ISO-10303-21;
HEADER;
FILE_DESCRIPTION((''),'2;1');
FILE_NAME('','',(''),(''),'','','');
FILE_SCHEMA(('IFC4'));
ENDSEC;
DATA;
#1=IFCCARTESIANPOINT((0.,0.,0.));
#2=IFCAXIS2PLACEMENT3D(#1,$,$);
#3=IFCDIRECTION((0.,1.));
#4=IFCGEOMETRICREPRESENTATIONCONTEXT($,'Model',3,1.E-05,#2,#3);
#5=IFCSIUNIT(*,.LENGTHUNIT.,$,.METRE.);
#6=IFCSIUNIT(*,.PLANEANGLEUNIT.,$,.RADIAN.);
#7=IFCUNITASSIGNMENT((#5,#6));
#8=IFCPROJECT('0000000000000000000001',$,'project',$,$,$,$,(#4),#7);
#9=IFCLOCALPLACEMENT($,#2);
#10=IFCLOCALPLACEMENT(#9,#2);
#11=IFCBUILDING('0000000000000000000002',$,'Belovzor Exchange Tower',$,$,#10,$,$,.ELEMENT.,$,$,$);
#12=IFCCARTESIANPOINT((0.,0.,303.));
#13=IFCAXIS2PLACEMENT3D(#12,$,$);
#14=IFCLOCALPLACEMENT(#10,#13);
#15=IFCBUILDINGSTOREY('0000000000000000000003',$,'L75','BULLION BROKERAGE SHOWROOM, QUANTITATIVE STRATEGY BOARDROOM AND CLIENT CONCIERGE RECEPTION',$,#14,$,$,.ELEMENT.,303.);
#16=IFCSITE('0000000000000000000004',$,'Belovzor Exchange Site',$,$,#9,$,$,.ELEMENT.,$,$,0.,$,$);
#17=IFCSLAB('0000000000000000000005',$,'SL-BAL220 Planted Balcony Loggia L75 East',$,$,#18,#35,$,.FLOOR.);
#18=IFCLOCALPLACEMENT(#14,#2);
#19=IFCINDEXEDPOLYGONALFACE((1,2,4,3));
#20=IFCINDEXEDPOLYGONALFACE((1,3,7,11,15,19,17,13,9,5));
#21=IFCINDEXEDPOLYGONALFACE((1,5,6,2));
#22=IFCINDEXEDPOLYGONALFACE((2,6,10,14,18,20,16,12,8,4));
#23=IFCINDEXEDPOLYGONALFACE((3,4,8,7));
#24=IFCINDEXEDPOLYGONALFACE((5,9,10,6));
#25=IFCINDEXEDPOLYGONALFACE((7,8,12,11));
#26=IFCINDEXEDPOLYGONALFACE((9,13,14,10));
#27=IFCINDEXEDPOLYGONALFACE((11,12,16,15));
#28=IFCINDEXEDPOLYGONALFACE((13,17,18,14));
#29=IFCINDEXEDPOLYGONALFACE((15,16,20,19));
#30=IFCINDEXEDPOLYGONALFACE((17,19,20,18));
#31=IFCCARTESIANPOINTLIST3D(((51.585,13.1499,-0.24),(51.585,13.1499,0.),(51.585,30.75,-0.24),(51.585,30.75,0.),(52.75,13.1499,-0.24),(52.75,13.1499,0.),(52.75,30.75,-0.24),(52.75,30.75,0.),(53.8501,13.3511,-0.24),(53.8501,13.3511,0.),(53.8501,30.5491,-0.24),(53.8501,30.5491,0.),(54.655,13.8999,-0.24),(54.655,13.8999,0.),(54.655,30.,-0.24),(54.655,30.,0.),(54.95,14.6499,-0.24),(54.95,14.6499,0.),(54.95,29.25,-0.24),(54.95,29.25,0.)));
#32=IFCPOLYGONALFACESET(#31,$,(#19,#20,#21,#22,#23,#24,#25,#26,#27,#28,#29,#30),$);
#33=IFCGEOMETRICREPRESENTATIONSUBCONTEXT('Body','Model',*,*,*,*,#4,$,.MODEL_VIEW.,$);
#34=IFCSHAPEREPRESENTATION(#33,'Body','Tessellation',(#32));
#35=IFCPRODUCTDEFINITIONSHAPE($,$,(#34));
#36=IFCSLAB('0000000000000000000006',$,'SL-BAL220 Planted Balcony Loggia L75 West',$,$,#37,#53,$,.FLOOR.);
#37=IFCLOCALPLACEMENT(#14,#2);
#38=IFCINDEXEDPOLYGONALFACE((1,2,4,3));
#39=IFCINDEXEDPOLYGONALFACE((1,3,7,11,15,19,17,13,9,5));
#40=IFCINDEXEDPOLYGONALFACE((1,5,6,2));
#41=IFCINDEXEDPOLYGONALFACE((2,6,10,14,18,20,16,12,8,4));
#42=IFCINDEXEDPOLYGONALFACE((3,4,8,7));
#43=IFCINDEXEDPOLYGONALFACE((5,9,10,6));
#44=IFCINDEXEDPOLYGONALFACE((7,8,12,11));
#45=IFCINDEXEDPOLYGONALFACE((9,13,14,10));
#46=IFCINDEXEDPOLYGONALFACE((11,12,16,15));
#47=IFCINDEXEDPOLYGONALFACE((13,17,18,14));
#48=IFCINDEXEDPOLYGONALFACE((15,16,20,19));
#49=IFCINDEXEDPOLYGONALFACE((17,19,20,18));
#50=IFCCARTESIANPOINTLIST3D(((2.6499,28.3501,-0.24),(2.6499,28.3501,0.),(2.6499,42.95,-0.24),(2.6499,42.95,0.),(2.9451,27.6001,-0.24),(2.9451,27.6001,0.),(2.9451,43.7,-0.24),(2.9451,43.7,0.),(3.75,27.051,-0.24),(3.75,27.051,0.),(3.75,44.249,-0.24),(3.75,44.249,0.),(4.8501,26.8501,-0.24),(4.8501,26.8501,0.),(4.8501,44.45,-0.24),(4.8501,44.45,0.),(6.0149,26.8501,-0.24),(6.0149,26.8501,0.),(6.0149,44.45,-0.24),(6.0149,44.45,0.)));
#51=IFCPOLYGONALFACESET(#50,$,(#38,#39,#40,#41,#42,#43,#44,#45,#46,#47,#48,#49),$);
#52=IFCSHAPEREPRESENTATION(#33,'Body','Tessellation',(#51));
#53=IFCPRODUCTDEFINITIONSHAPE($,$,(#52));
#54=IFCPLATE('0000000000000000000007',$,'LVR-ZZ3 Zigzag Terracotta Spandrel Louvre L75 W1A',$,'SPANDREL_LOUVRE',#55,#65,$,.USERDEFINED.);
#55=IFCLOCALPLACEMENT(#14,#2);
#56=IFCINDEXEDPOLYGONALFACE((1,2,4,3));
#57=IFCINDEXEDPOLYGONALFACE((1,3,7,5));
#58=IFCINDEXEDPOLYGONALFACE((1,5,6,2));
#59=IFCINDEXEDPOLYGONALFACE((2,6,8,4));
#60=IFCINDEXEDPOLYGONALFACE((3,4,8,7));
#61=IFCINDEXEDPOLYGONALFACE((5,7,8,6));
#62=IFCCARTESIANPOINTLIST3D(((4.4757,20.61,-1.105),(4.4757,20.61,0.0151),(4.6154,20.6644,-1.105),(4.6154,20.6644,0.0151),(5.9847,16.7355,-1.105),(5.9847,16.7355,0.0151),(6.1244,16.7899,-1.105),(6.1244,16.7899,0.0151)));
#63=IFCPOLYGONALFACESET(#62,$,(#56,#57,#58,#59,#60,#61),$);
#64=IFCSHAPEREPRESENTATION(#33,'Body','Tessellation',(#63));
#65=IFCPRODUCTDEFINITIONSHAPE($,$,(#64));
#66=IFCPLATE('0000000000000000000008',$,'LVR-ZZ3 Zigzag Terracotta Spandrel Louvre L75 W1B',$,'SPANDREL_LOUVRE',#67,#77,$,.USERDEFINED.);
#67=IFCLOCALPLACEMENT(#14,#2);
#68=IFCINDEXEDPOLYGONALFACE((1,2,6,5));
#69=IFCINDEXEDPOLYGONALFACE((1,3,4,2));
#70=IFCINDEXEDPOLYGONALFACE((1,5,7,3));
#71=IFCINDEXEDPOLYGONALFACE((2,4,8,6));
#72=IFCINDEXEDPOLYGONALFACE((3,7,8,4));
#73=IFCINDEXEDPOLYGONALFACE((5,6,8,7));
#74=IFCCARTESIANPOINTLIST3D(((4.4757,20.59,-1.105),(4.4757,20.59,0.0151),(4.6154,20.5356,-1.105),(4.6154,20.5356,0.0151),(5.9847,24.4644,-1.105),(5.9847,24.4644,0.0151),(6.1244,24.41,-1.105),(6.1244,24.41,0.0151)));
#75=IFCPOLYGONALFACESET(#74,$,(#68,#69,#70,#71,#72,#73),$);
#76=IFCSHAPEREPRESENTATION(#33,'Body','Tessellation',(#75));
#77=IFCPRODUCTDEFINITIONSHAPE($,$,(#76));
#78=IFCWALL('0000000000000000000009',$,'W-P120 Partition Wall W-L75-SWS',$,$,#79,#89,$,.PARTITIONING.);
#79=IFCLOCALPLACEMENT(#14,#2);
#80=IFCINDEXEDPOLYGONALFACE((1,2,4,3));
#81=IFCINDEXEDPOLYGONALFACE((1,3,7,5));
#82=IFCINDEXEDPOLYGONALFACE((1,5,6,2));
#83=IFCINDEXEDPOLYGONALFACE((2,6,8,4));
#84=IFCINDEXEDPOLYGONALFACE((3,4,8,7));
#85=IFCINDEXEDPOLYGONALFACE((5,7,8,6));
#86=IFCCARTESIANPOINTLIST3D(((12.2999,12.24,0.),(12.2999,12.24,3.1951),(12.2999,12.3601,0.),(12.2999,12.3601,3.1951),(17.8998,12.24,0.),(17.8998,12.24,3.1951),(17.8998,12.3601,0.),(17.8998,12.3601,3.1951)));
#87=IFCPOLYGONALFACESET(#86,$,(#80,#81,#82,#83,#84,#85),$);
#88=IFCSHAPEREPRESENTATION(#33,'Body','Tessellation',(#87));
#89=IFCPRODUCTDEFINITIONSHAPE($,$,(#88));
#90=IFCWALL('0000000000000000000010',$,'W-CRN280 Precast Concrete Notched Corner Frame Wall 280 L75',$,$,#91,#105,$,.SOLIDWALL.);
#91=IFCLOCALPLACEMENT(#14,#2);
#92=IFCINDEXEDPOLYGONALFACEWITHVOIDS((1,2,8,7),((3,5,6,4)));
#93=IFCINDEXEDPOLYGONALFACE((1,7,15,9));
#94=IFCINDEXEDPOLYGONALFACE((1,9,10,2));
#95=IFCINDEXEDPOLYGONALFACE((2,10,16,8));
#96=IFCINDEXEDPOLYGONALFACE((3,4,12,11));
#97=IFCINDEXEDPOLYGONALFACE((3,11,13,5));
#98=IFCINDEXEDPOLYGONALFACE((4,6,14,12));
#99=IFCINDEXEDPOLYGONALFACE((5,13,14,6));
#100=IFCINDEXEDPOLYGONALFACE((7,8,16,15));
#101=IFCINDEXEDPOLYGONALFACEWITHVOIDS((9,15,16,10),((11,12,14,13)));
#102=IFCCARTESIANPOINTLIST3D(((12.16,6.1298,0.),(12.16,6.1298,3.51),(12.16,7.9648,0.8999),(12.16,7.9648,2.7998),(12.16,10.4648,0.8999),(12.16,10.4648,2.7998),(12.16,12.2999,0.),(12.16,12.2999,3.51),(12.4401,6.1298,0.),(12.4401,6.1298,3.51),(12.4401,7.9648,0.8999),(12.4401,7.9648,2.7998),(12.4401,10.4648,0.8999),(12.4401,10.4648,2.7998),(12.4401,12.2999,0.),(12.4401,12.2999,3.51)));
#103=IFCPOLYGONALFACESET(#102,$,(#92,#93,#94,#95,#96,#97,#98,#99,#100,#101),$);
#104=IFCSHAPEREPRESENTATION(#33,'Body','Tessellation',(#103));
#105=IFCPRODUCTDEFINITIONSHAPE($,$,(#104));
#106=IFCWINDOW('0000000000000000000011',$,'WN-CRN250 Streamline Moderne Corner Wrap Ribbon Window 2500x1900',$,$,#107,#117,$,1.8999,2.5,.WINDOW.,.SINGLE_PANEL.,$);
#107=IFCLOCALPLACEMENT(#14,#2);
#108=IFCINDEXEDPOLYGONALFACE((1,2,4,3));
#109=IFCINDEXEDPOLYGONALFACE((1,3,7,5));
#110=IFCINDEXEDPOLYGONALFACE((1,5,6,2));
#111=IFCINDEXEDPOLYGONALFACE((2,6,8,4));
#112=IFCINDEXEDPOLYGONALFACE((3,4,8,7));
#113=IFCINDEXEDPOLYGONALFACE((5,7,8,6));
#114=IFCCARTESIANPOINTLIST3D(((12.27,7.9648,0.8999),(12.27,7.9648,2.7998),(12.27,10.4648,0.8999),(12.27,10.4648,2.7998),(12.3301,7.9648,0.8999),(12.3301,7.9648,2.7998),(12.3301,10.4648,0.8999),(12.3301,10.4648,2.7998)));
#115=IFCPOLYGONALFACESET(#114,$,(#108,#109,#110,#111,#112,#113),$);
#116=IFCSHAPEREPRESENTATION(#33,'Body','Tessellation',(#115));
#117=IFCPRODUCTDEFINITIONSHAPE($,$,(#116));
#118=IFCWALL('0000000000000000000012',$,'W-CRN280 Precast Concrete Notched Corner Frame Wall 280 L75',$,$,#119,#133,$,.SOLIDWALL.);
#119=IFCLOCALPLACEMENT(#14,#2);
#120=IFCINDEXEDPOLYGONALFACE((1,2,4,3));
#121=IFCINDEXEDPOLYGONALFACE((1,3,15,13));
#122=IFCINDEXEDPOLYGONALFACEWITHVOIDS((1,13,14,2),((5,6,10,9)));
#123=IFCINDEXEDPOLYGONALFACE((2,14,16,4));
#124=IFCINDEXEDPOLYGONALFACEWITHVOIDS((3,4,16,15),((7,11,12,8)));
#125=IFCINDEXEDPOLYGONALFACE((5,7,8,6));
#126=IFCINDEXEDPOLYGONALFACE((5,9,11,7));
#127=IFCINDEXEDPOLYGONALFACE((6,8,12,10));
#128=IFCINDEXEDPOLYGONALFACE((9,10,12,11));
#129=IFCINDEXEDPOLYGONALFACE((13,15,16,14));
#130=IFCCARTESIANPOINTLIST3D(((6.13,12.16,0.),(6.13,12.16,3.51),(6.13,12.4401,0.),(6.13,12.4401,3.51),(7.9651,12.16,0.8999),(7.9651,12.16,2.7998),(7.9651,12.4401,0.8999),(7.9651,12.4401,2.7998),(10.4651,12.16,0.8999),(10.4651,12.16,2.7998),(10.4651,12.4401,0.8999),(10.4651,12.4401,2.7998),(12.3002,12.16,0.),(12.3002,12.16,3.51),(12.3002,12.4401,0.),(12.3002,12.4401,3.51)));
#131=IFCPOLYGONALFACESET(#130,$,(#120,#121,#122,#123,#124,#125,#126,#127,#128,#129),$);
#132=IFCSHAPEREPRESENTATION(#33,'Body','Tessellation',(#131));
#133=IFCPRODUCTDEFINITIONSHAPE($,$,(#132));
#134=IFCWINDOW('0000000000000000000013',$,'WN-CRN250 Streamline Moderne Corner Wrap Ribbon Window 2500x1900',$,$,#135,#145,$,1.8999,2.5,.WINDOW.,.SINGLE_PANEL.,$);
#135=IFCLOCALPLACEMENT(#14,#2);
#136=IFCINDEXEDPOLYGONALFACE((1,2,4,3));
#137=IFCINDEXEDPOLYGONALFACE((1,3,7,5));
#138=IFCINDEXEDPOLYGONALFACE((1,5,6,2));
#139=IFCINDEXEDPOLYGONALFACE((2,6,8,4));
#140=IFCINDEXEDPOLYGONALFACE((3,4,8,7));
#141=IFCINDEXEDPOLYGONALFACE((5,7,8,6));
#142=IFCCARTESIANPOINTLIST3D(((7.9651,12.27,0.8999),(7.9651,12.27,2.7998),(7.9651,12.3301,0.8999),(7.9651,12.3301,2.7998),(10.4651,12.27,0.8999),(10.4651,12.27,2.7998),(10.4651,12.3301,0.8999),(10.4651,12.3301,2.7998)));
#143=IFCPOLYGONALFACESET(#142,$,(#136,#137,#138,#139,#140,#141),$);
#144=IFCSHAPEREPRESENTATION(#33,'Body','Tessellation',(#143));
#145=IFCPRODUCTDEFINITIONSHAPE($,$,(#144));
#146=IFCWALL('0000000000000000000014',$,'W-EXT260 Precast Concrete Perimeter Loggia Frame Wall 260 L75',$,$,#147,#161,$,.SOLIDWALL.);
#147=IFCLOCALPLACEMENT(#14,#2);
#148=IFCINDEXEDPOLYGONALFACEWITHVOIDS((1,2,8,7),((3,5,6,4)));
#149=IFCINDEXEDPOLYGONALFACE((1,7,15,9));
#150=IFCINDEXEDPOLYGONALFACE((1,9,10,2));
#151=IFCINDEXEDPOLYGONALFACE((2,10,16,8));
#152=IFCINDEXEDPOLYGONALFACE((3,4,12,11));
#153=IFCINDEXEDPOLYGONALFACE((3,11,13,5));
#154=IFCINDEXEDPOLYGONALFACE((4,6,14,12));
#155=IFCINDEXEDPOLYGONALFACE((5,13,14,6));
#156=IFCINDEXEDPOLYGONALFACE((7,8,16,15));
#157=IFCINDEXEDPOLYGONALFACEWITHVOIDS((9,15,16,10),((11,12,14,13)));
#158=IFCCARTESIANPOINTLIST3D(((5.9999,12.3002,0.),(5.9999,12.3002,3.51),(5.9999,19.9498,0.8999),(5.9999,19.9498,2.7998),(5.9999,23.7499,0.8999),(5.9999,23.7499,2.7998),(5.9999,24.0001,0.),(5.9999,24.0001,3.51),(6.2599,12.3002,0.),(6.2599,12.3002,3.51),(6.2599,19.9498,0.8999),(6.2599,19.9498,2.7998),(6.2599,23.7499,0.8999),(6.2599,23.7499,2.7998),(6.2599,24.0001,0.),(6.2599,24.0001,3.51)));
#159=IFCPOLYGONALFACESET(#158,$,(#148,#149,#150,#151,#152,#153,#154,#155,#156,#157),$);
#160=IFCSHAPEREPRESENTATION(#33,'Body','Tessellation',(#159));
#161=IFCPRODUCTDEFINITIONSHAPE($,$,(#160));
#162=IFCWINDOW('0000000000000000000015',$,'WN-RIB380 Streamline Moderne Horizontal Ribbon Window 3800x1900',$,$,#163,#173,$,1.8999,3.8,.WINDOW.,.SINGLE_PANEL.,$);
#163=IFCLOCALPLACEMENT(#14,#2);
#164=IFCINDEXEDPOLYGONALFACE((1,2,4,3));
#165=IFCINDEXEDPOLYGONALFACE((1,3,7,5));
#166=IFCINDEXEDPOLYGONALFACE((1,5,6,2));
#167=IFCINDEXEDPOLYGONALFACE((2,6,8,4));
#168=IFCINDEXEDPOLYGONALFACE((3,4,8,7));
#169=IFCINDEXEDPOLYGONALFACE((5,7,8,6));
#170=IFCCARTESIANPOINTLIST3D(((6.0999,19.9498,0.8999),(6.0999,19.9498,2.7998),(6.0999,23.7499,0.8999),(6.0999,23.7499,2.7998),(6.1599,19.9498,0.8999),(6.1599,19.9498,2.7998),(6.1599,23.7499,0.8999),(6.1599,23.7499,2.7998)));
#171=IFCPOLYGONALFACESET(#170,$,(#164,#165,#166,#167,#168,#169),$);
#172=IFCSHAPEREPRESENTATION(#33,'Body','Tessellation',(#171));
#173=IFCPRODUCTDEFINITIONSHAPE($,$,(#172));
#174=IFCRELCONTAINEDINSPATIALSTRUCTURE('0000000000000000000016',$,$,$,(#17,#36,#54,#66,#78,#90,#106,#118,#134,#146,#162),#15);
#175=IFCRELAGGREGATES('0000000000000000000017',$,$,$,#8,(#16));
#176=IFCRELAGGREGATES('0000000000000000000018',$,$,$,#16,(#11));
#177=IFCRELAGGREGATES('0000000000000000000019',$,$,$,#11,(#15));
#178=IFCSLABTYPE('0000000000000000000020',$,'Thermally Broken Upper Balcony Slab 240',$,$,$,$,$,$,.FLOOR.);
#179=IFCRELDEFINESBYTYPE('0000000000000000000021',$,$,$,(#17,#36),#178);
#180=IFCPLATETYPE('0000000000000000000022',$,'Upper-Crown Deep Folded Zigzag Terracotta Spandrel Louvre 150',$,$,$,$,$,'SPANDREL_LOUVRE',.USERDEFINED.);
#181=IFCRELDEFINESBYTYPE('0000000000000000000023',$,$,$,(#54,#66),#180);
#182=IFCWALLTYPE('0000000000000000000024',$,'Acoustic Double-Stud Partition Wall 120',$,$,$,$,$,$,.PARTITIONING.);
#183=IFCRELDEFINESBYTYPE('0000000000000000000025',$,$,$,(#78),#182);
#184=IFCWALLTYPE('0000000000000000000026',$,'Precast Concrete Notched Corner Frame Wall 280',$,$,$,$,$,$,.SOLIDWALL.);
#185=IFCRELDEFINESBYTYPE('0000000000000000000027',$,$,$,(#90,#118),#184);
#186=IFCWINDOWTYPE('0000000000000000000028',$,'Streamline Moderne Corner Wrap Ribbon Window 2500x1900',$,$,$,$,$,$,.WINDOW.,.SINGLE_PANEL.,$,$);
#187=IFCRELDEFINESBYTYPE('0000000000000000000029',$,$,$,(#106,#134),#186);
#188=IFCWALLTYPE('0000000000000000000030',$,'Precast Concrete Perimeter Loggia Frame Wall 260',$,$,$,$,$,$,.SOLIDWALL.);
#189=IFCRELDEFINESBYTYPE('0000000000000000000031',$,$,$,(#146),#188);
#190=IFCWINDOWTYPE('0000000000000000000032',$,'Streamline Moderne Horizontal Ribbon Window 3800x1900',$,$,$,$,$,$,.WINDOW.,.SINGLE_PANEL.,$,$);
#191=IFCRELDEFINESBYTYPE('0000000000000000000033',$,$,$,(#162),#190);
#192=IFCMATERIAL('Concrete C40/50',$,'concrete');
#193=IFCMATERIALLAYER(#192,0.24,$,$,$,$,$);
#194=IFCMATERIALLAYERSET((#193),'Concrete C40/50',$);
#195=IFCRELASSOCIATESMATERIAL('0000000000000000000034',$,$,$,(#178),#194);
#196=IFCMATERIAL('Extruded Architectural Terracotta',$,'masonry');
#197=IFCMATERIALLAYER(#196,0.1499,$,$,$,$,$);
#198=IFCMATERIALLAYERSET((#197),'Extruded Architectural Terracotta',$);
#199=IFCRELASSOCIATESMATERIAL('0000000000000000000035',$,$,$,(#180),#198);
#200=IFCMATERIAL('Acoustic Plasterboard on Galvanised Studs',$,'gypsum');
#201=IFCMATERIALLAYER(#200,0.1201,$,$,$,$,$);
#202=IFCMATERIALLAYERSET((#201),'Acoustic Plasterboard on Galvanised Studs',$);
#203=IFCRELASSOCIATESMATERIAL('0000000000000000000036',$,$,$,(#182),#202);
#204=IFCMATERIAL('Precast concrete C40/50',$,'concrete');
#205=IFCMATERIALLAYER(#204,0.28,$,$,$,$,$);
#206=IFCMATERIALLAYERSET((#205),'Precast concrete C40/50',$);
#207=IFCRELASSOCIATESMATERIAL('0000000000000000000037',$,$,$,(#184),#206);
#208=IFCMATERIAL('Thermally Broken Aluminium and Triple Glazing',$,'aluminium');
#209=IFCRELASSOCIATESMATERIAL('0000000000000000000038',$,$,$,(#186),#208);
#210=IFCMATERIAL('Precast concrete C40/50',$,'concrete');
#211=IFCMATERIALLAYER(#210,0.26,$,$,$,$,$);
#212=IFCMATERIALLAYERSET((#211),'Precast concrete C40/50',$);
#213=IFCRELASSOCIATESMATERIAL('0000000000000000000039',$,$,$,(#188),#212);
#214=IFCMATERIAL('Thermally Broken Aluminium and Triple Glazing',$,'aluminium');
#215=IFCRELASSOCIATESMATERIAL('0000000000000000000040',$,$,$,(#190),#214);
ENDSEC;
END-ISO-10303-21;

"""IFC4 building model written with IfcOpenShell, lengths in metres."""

from ifc_helpers import new_model, si_unit, direction, frame, frame_2d, origin, origin_2d, place, context, subcontext, project, spatial, polyline, rectangle, outline, extrude, material, layer, layer_set, type_object, element, fill, save


model = new_model("IFC4")

# Units and contexts
model_context = context("Model", 3, precision=1e-05, world=origin(), true_north=direction((0.0, 1.0)))
body_context = subcontext(model_context, "Body", "Model", "MODEL_VIEW")
ifc_project = project(units=[si_unit("LENGTHUNIT", "METRE"), si_unit("PLANEANGLEUNIT", "RADIAN")], contexts=[model_context])

# Site, building, storey
site_placement = place(None, origin())
site = spatial("IfcSite", under=ifc_project, at=site_placement, Name="Belovzor Exchange Site", CompositionType="ELEMENT", RefElevation=0.0)
building_placement = place(site_placement, origin())
building = spatial("IfcBuilding", under=site, at=building_placement, Name="Belovzor Exchange Tower", CompositionType="ELEMENT")
storey_placement = place(building_placement, frame((0.0, 0.0, 303.0)))
storey = spatial("IfcBuildingStorey", under=building, at=storey_placement, Name="L75", Description="BULLION BROKERAGE SHOWROOM, QUANTITATIVE STRATEGY BOARDROOM AND CLIENT CONCIERGE RECEPTION", CompositionType="ELEMENT", Elevation=303.0)

# Slabs
ifc_material_1 = material(Name="Concrete C40/50", Category="concrete")
ifc_layer_1 = layer(ifc_material_1, 0.24)
ifc_layer_set_1 = layer_set([ifc_layer_1], Name="Concrete C40/50")
slab_type_1 = type_object("IfcSlabType", Name="Thermally Broken Upper Balcony Slab 240", PredefinedType="FLOOR", material=ifc_layer_set_1)
slab_1_placement = place(storey_placement, frame((0.0, 0.0, -0.24)))
element("IfcSlab", 1, at=slab_1_placement, inside=storey, type_object=slab_type_1, Name="SL-BAL220 Planted Balcony Loggia L75 East", PredefinedType="FLOOR", context=body_context, shape_type="SweptSolid", body=[
    extrude(outline(polyline([(51.585, 13.1499), (52.75, 13.1499), (53.8501, 13.3511), (54.655, 13.8999), (54.95, 14.6499), (54.95, 29.25), (54.655, 30.0), (53.8501, 30.5491), (52.75, 30.75), (51.585, 30.75), (51.585, 13.1499)])), origin(), (0.0, 0.0, 1.0), 0.24),
])
slab_2_placement = place(storey_placement, frame((0.0, 0.0, -0.24)))
element("IfcSlab", 2, at=slab_2_placement, inside=storey, type_object=slab_type_1, Name="SL-BAL220 Planted Balcony Loggia L75 West", PredefinedType="FLOOR", context=body_context, shape_type="SweptSolid", body=[
    extrude(outline(polyline([(6.0149, 44.45), (4.8501, 44.45), (3.75, 44.249), (2.9451, 43.7), (2.6499, 42.95), (2.6499, 28.3501), (2.9451, 27.6001), (3.75, 27.051), (4.8501, 26.8501), (6.0149, 26.8501), (6.0149, 44.45)])), origin(), (0.0, 0.0, 1.0), 0.24),
])

# Plates
ifc_material_2 = material(Name="Extruded Architectural Terracotta", Category="masonry")
ifc_layer_2 = layer(ifc_material_2, 0.1499)
ifc_layer_set_2 = layer_set([ifc_layer_2], Name="Extruded Architectural Terracotta")
plate_type_1 = type_object("IfcPlateType", Name="Upper-Crown Deep Folded Zigzag Terracotta Spandrel Louvre 150", ElementType="SPANDREL_LOUVRE", PredefinedType="USERDEFINED", material=ifc_layer_set_2)
for number, where, z_axis, x_axis, name in (
    (3, (5.3, 18.7, -1.105), (0.0, 0.0, 1.0), (-0.362926, 0.931818, 0.0), "LVR-ZZ3 Zigzag Terracotta Spandrel Louvre L75 W1A"),
    (4, (5.3, 22.5, -1.105), (0.0, 0.0, 1.0), (0.362926, 0.931818, 0.0), "LVR-ZZ3 Zigzag Terracotta Spandrel Louvre L75 W1B"),
):
    element("IfcPlate", number, at=place(storey_placement, frame(where, z_axis=z_axis, x_axis=x_axis)), inside=storey, type_object=plate_type_1, Name=name, ObjectType="SPANDREL_LOUVRE", PredefinedType="USERDEFINED", context=body_context, shape_type="SweptSolid", body=[
        extrude(rectangle(XDim=4.158, YDim=0.1499, at=origin_2d()), origin(), (0.0, 0.0, 1.0), 1.1201),
    ])

# Wall
ifc_material_3 = material(Name="Acoustic Plasterboard on Galvanised Studs", Category="gypsum")
ifc_layer_3 = layer(ifc_material_3, 0.1201)
ifc_layer_set_3 = layer_set([ifc_layer_3], Name="Acoustic Plasterboard on Galvanised Studs")
wall_type_1 = type_object("IfcWallType", Name="Acoustic Double-Stud Partition Wall 120", PredefinedType="PARTITIONING", material=ifc_layer_set_3)
wall_1_placement = place(storey_placement, frame((12.3, 12.3, 0.0), z_axis=(0.0, 0.0, 1.0), x_axis=(1.0, 0.0, 0.0)))
element("IfcWall", 5, at=wall_1_placement, inside=storey, type_object=wall_type_1, Name="W-P120 Partition Wall W-L75-SWS", PredefinedType="PARTITIONING", context=body_context, shape_type="SweptSolid", body=[
    extrude(rectangle(XDim=5.5999, YDim=0.1201, at=frame_2d((2.7998, 0.0))), origin(), (0.0, 0.0, 1.0), 3.1951),
])

# Walls, openings, windows
ifc_material_4 = material(Name="Precast concrete C40/50", Category="concrete")
ifc_layer_4 = layer(ifc_material_4, 0.28)
ifc_layer_set_4 = layer_set([ifc_layer_4], Name="Precast concrete C40/50")
wall_type_2 = type_object("IfcWallType", Name="Precast Concrete Notched Corner Frame Wall 280", PredefinedType="SOLIDWALL", material=ifc_layer_set_4)
wall_2_placement = place(storey_placement, frame((12.3, 6.1299, 0.0), z_axis=(0.0, 0.0, 1.0), x_axis=(0.0, 1.0, 0.0)))
wall_2 = element("IfcWall", 6, at=wall_2_placement, inside=storey, type_object=wall_type_2, Name="W-CRN280 Precast Concrete Notched Corner Frame Wall 280 L75", PredefinedType="SOLIDWALL", context=body_context, shape_type="SweptSolid", body=[
    extrude(rectangle(XDim=6.1702, YDim=0.28, at=frame_2d((3.085, 0.0))), origin(), (0.0, 0.0, 1.0), 3.51),
])
opening_1_placement = place(wall_2_placement, frame((1.835, 0.0, 0.8999)))
opening_1 = element("IfcOpeningElement", 7, at=opening_1_placement, cuts=wall_2, PredefinedType="OPENING", context=body_context, shape_type="SweptSolid", body=[
    extrude(rectangle(XDim=2.5, YDim=1.8999, at=frame_2d((1.25, 0.95))), frame((0.0, 0.1499, 0.0), z_axis=(0.0, -1.0, 0.0), x_axis=(1.0, 0.0, 0.0)), (0.0, 0.0, 1.0), 0.3),
])
ifc_material_5 = material(Name="Thermally Broken Aluminium and Triple Glazing", Category="aluminium")
window_type_1 = type_object("IfcWindowType", Name="Streamline Moderne Corner Wrap Ribbon Window 2500x1900", PartitioningType="SINGLE_PANEL", PredefinedType="WINDOW", material=ifc_material_5)
window_1_placement = place(opening_1_placement, origin())
window_1 = element("IfcWindow", 8, at=window_1_placement, inside=storey, type_object=window_type_1, Name="WN-CRN250 Streamline Moderne Corner Wrap Ribbon Window 2500x1900", OverallHeight=1.8999, OverallWidth=2.5, PartitioningType="SINGLE_PANEL", PredefinedType="WINDOW", context=body_context, shape_type="SweptSolid", body=[
    extrude(rectangle(XDim=2.5, YDim=1.8999, at=frame_2d((1.25, 0.95))), frame((0.0, 0.03, 0.0), z_axis=(0.0, -1.0, 0.0), x_axis=(1.0, 0.0, 0.0)), (0.0, 0.0, 1.0), 0.0601),
])
fill(opening_1, window_1)
wall_3_placement = place(storey_placement, frame((12.3, 12.3, 0.0), z_axis=(0.0, 0.0, 1.0), x_axis=(-1.0, 0.0, 0.0)))
wall_3 = element("IfcWall", 9, at=wall_3_placement, inside=storey, type_object=wall_type_2, Name="W-CRN280 Precast Concrete Notched Corner Frame Wall 280 L75", PredefinedType="SOLIDWALL", context=body_context, shape_type="SweptSolid", body=[
    extrude(rectangle(XDim=6.1702, YDim=0.28, at=frame_2d((3.085, 0.0))), origin(), (0.0, 0.0, 1.0), 3.51),
])
opening_2_placement = place(wall_3_placement, frame((1.835, 0.0, 0.8999)))
opening_2 = element("IfcOpeningElement", 10, at=opening_2_placement, cuts=wall_3, PredefinedType="OPENING", context=body_context, shape_type="SweptSolid", body=[
    extrude(rectangle(XDim=2.5, YDim=1.8999, at=frame_2d((1.25, 0.95))), frame((0.0, 0.1499, 0.0), z_axis=(0.0, -1.0, 0.0), x_axis=(1.0, 0.0, 0.0)), (0.0, 0.0, 1.0), 0.3),
])
window_2_placement = place(opening_2_placement, origin())
window_2 = element("IfcWindow", 11, at=window_2_placement, inside=storey, type_object=window_type_1, Name="WN-CRN250 Streamline Moderne Corner Wrap Ribbon Window 2500x1900", OverallHeight=1.8999, OverallWidth=2.5, PartitioningType="SINGLE_PANEL", PredefinedType="WINDOW", context=body_context, shape_type="SweptSolid", body=[
    extrude(rectangle(XDim=2.5, YDim=1.8999, at=frame_2d((1.25, 0.95))), frame((0.0, 0.03, 0.0), z_axis=(0.0, -1.0, 0.0), x_axis=(1.0, 0.0, 0.0)), (0.0, 0.0, 1.0), 0.0601),
])
fill(opening_2, window_2)
ifc_material_6 = material(Name="Precast concrete C40/50", Category="concrete")
ifc_layer_5 = layer(ifc_material_6, 0.26)
ifc_layer_set_5 = layer_set([ifc_layer_5], Name="Precast concrete C40/50")
wall_type_3 = type_object("IfcWallType", Name="Precast Concrete Perimeter Loggia Frame Wall 260", PredefinedType="SOLIDWALL", material=ifc_layer_set_5)
wall_4_placement = place(storey_placement, frame((6.1299, 12.3, 0.0), z_axis=(0.0, 0.0, 1.0), x_axis=(0.0, 1.0, 0.0)))
wall_4 = element("IfcWall", 12, at=wall_4_placement, inside=storey, type_object=wall_type_3, Name="W-EXT260 Precast Concrete Perimeter Loggia Frame Wall 260 L75", PredefinedType="SOLIDWALL", context=body_context, shape_type="SweptSolid", body=[
    extrude(rectangle(XDim=11.7, YDim=0.26, at=frame_2d((5.8501, 0.0))), origin(), (0.0, 0.0, 1.0), 3.51),
])
opening_3_placement = place(wall_4_placement, frame((7.6499, 0.0, 0.8999)))
opening_3 = element("IfcOpeningElement", 13, at=opening_3_placement, cuts=wall_4, PredefinedType="OPENING", context=body_context, shape_type="SweptSolid", body=[
    extrude(rectangle(XDim=3.8, YDim=1.8999, at=frame_2d((1.8999, 0.95))), frame((0.0, 0.1399, 0.0), z_axis=(0.0, -1.0, 0.0), x_axis=(1.0, 0.0, 0.0)), (0.0, 0.0, 1.0), 0.28),
])
ifc_material_7 = material(Name="Thermally Broken Aluminium and Triple Glazing", Category="aluminium")
window_type_2 = type_object("IfcWindowType", Name="Streamline Moderne Horizontal Ribbon Window 3800x1900", PartitioningType="SINGLE_PANEL", PredefinedType="WINDOW", material=ifc_material_7)
window_3_placement = place(opening_3_placement, origin())
window_3 = element("IfcWindow", 14, at=window_3_placement, inside=storey, type_object=window_type_2, Name="WN-RIB380 Streamline Moderne Horizontal Ribbon Window 3800x1900", OverallHeight=1.8999, OverallWidth=3.8, PartitioningType="SINGLE_PANEL", PredefinedType="WINDOW", context=body_context, shape_type="SweptSolid", body=[
    extrude(rectangle(XDim=3.8, YDim=1.8999, at=frame_2d((1.8999, 0.95))), frame((0.0, 0.03, 0.0), z_axis=(0.0, -1.0, 0.0), x_axis=(1.0, 0.0, 0.0)), (0.0, 0.0, 1.0), 0.0601),
])
fill(opening_3, window_3)

save(model, "model.ifc")
